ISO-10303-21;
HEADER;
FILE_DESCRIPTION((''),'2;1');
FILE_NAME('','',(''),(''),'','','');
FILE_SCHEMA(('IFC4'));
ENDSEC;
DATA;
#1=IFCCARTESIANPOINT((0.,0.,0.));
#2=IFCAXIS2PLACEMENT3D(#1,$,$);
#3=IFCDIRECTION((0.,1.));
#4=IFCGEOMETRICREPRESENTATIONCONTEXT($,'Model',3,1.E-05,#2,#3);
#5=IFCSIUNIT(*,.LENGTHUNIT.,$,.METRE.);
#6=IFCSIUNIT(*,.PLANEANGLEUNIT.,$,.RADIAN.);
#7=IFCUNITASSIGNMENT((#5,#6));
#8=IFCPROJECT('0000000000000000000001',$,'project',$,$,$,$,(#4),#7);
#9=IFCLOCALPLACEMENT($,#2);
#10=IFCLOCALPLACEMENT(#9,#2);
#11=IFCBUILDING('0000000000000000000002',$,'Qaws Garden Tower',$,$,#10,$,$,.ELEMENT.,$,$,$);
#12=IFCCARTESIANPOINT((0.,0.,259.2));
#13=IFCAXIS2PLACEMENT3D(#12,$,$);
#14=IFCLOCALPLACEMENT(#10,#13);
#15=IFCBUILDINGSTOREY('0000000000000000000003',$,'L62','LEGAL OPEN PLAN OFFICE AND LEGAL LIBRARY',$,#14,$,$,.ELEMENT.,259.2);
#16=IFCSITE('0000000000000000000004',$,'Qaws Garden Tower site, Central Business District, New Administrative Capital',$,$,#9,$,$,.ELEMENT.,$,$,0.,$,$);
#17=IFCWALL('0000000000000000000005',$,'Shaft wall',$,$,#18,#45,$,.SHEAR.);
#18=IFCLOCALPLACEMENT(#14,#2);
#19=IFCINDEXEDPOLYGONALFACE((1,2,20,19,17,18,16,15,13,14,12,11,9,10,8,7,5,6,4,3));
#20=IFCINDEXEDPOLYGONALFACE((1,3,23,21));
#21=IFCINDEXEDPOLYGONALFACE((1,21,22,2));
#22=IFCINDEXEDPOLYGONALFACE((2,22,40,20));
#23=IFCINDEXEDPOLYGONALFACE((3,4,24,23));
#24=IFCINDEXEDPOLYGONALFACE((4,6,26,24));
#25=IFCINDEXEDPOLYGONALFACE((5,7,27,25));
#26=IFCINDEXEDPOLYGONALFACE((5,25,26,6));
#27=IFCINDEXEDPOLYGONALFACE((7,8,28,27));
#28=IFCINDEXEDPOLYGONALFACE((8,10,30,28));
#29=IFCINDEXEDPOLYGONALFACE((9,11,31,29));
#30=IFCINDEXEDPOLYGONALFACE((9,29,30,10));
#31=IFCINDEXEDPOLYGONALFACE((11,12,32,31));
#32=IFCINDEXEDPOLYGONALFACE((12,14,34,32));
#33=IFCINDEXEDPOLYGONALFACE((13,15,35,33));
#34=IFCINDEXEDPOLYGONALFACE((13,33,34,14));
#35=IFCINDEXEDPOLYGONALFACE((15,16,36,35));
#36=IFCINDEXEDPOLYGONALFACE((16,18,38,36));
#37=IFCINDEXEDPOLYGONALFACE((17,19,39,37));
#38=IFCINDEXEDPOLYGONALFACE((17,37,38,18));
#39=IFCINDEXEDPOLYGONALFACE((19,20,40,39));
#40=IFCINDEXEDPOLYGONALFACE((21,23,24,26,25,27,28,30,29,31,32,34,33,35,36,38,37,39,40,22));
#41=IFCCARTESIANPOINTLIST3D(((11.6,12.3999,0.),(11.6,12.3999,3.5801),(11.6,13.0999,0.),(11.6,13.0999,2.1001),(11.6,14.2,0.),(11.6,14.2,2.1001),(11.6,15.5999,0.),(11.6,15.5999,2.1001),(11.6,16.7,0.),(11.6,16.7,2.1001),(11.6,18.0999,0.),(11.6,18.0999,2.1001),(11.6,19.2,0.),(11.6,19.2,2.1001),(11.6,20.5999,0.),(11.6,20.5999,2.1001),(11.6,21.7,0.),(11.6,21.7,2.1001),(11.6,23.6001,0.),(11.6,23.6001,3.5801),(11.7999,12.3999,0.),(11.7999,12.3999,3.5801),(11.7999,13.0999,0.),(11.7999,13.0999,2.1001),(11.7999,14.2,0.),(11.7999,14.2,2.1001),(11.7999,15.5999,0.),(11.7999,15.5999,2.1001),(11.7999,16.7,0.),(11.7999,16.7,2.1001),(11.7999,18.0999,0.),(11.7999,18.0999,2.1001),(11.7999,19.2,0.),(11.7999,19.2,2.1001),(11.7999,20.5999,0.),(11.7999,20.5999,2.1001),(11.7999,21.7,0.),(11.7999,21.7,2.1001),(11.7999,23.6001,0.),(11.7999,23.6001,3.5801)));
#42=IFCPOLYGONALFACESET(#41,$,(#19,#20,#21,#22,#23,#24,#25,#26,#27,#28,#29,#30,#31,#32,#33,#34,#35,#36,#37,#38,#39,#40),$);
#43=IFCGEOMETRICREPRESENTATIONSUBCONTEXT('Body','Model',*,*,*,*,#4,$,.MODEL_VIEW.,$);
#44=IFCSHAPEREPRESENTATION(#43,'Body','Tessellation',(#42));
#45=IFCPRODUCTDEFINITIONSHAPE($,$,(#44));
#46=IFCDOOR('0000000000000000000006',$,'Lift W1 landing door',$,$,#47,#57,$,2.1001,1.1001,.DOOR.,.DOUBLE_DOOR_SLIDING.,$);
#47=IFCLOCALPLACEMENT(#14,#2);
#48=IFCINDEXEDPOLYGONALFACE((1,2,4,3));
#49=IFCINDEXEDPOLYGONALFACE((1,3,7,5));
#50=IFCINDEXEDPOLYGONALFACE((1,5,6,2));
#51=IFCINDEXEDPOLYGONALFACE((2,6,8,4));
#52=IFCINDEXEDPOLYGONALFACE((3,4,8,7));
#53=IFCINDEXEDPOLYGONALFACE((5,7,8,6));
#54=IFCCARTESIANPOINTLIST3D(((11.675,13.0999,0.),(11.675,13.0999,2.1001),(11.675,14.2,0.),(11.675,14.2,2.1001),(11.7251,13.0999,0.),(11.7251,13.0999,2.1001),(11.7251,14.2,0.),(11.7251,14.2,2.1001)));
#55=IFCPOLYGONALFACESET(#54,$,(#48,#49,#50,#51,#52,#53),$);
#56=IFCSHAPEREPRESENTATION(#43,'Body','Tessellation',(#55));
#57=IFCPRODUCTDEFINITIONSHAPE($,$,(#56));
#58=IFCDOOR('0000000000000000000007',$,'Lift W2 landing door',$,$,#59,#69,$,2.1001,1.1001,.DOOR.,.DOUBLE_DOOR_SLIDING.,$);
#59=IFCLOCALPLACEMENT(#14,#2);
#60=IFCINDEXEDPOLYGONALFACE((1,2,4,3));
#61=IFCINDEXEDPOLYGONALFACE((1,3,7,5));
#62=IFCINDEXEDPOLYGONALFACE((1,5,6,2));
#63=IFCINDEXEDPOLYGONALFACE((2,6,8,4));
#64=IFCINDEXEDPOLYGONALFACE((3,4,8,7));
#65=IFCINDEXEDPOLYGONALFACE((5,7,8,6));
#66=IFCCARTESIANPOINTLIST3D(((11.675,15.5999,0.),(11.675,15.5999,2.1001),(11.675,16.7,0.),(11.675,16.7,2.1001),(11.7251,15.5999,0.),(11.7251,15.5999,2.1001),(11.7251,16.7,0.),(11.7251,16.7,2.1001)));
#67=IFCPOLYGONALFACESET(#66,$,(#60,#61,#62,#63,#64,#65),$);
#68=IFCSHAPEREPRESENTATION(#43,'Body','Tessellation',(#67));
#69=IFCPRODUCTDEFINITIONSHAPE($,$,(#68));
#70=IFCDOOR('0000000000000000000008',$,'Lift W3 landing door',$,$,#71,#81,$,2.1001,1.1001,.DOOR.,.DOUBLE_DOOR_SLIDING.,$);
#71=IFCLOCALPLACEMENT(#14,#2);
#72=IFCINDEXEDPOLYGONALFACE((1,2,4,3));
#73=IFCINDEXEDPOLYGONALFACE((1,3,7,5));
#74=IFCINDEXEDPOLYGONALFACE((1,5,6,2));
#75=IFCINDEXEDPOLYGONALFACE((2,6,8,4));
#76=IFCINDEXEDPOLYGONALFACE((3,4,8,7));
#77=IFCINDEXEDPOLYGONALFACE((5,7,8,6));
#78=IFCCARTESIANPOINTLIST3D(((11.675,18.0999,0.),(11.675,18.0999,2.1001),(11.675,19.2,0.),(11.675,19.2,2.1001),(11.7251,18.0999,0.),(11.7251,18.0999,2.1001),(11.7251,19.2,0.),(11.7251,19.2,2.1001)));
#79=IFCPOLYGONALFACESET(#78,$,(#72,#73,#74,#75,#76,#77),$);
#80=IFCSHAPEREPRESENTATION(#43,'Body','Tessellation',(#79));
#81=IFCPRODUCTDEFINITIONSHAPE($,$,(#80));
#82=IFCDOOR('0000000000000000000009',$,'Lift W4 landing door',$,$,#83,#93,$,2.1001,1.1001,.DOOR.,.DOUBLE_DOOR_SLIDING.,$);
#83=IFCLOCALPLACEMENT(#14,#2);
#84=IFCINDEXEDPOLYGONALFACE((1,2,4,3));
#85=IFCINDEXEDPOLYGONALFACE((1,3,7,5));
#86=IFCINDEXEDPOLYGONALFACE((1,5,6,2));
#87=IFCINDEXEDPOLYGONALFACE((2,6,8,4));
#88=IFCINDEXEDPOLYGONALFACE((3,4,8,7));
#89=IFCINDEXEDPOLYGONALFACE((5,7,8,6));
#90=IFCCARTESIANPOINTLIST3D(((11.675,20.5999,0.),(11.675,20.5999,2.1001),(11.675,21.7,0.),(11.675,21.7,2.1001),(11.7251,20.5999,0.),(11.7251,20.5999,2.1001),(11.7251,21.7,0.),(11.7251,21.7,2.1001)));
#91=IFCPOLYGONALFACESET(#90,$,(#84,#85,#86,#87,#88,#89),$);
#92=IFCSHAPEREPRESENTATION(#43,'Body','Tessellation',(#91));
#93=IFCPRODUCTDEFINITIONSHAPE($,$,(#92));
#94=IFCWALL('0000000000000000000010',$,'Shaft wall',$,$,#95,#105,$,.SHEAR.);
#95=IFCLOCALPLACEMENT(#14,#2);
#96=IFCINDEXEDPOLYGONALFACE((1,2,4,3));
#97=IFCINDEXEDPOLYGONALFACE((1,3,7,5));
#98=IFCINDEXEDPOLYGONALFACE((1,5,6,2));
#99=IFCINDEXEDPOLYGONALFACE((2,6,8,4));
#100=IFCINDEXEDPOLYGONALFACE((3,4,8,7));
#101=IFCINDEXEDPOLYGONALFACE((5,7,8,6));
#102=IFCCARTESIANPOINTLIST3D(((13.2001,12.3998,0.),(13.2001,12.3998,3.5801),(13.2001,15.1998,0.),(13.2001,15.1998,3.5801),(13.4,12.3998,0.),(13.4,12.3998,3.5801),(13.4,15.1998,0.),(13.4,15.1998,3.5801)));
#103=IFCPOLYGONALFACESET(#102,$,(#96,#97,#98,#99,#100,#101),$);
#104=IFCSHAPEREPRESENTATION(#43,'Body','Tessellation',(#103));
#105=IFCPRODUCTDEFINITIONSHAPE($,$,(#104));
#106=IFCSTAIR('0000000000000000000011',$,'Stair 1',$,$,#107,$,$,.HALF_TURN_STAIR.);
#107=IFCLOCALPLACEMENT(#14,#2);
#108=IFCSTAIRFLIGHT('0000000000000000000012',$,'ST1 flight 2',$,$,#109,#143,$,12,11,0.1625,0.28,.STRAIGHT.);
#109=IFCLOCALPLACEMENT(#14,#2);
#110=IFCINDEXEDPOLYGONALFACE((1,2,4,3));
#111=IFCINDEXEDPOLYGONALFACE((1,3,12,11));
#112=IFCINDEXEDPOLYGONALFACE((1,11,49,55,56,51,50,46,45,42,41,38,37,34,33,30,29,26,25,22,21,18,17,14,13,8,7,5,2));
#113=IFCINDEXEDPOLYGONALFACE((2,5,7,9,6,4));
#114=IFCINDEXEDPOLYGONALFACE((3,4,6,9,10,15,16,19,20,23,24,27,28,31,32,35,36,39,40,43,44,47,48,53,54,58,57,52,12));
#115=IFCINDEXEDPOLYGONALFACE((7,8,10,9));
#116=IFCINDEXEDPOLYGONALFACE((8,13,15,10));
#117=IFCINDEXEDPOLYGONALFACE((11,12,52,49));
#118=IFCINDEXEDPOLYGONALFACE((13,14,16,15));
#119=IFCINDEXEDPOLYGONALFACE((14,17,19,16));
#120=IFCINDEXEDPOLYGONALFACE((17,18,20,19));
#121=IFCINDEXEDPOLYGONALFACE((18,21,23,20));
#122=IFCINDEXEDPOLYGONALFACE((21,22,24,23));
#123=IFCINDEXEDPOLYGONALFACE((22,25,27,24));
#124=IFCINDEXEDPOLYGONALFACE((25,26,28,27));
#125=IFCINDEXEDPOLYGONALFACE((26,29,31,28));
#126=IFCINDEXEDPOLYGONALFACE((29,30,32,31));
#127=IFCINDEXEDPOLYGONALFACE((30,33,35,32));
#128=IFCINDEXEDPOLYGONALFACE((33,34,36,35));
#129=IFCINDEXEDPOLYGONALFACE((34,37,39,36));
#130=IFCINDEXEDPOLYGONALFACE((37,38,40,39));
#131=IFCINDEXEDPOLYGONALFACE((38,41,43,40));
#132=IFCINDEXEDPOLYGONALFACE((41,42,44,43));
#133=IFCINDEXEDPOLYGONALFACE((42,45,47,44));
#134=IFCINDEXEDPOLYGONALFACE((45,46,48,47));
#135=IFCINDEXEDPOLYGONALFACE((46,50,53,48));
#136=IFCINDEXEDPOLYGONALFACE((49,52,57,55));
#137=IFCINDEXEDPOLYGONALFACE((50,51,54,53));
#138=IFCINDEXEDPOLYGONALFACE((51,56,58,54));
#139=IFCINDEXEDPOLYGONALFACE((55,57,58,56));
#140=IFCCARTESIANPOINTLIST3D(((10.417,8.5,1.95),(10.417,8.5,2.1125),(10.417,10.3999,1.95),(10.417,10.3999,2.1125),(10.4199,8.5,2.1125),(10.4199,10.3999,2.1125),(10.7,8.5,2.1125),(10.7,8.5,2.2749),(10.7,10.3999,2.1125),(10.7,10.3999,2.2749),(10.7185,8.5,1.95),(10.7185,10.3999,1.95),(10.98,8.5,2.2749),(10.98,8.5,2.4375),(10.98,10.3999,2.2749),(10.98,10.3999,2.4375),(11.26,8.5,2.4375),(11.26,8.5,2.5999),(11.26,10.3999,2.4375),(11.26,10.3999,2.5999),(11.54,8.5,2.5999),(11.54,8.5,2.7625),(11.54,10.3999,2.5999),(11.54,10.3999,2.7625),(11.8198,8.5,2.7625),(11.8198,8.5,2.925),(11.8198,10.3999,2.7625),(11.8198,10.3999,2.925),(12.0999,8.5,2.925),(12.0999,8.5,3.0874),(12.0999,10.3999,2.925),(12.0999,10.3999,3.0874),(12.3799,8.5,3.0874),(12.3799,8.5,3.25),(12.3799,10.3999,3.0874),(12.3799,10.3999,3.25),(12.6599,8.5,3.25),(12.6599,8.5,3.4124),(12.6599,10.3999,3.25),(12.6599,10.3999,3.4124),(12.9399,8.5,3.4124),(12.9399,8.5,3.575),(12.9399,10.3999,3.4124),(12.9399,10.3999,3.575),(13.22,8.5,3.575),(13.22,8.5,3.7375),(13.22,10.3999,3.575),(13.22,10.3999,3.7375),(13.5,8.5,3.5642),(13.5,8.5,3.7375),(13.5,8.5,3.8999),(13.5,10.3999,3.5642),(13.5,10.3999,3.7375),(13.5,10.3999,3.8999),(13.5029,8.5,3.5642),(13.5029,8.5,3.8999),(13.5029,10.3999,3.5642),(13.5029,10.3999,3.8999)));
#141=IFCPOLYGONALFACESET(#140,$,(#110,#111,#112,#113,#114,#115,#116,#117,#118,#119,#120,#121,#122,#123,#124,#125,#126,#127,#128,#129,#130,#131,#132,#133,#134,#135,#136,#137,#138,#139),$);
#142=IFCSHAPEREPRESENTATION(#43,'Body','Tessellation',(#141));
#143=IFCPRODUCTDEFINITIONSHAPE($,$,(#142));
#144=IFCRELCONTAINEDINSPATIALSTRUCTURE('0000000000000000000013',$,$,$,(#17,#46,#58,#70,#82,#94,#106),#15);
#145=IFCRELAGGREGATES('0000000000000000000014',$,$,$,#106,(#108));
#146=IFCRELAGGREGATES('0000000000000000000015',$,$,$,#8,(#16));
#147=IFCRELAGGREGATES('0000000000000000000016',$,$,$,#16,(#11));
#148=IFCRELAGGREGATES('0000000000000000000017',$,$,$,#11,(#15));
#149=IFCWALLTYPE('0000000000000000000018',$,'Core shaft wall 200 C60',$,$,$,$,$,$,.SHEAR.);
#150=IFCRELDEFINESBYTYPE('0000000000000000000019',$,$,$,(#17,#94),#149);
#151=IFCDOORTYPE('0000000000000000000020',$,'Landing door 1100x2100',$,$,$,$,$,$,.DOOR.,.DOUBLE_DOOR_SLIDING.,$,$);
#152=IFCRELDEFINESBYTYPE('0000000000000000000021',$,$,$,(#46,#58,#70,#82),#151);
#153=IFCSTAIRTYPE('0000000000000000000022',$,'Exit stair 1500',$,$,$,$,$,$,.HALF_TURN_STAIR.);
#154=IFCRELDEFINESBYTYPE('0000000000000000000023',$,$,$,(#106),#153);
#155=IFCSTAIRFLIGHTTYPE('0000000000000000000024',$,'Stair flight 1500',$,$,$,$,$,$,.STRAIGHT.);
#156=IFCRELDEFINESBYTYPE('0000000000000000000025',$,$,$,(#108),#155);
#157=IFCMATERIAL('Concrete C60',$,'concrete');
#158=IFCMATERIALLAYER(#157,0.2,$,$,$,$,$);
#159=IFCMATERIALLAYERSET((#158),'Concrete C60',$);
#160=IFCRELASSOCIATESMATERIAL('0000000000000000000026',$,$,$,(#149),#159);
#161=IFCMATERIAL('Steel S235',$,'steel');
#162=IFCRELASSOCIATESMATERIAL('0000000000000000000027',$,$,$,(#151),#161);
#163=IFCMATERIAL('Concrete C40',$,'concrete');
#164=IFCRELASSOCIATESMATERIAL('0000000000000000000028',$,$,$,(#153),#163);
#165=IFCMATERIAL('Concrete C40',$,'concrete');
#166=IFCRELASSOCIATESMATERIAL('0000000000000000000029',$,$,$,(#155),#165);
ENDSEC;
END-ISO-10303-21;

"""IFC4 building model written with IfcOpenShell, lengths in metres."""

from ifc_helpers import new_model, si_unit, direction, frame, frame_2d, origin, place, context, subcontext, project, spatial, polyline, rectangle, outline, extrude, material, layer, layer_set, type_object, element, fill, aggregate, save


model = new_model("IFC4")

# Units and contexts
model_context = context("Model", 3, precision=1e-05, world=origin(), true_north=direction((0.0, 1.0)))
body_context = subcontext(model_context, "Body", "Model", "MODEL_VIEW")
ifc_project = project(units=[si_unit("LENGTHUNIT", "METRE"), si_unit("PLANEANGLEUNIT", "RADIAN")], contexts=[model_context])

# Site, building, storey
site_placement = place(None, origin())
site = spatial("IfcSite", under=ifc_project, at=site_placement, Name="Qaws Garden Tower site, Central Business District, New Administrative Capital", CompositionType="ELEMENT", RefElevation=0.0)
building_placement = place(site_placement, origin())
building = spatial("IfcBuilding", under=site, at=building_placement, Name="Qaws Garden Tower", CompositionType="ELEMENT")
storey_placement = place(building_placement, frame((0.0, 0.0, 259.2)))
storey = spatial("IfcBuildingStorey", under=building, at=storey_placement, Name="L62", Description="LEGAL OPEN PLAN OFFICE AND LEGAL LIBRARY", CompositionType="ELEMENT", Elevation=259.2)

# Shared definitions
ifc_material_1 = material(Name="Concrete C60", Category="concrete")
ifc_layer_1 = layer(ifc_material_1, 0.2)
ifc_layer_set_1 = layer_set([ifc_layer_1], Name="Concrete C60")
wall_type_1 = type_object("IfcWallType", Name="Core shaft wall 200 C60", PredefinedType="SHEAR", material=ifc_layer_set_1)

# Wall, openings, doors
wall_1_placement = place(storey_placement, frame((11.7, 12.3999, 0.0), z_axis=(0.0, 0.0, 1.0), x_axis=(0.0, 1.0, 0.0)))
wall_1 = element("IfcWall", 1, at=wall_1_placement, inside=storey, type_object=wall_type_1, Name="Shaft wall", PredefinedType="SHEAR", context=body_context, shape_type="SweptSolid", body=[
    extrude(rectangle(XDim=11.2002, YDim=0.2, at=frame_2d((5.6001, 0.0))), origin(), (0.0, 0.0, 1.0), 3.5801),
])
opening_1_placement = place(wall_1_placement, frame((0.7, 0.0, 0.0)))
opening_1 = element("IfcOpeningElement", 2, at=opening_1_placement, cuts=wall_1, PredefinedType="OPENING", context=body_context, shape_type="SweptSolid", body=[
    extrude(rectangle(XDim=1.1001, YDim=2.1001, at=frame_2d((0.55, 1.05))), frame((0.0, 0.1099, 0.0), z_axis=(0.0, -1.0, 0.0), x_axis=(1.0, 0.0, 0.0)), (0.0, 0.0, 1.0), 0.22),
])
opening_2_placement = place(wall_1_placement, frame((3.2, 0.0, 0.0)))
opening_2 = element("IfcOpeningElement", 3, at=opening_2_placement, cuts=wall_1, PredefinedType="OPENING", context=body_context, shape_type="SweptSolid", body=[
    extrude(rectangle(XDim=1.1001, YDim=2.1001, at=frame_2d((0.55, 1.05))), frame((0.0, 0.1099, 0.0), z_axis=(0.0, -1.0, 0.0), x_axis=(1.0, 0.0, 0.0)), (0.0, 0.0, 1.0), 0.22),
])
opening_3_placement = place(wall_1_placement, frame((5.7, 0.0, 0.0)))
opening_3 = element("IfcOpeningElement", 4, at=opening_3_placement, cuts=wall_1, PredefinedType="OPENING", context=body_context, shape_type="SweptSolid", body=[
    extrude(rectangle(XDim=1.1001, YDim=2.1001, at=frame_2d((0.55, 1.05))), frame((0.0, 0.1099, 0.0), z_axis=(0.0, -1.0, 0.0), x_axis=(1.0, 0.0, 0.0)), (0.0, 0.0, 1.0), 0.22),
])
opening_4_placement = place(wall_1_placement, frame((8.2, 0.0, 0.0)))
opening_4 = element("IfcOpeningElement", 5, at=opening_4_placement, cuts=wall_1, PredefinedType="OPENING", context=body_context, shape_type="SweptSolid", body=[
    extrude(rectangle(XDim=1.1001, YDim=2.1001, at=frame_2d((0.55, 1.05))), frame((0.0, 0.1099, 0.0), z_axis=(0.0, -1.0, 0.0), x_axis=(1.0, 0.0, 0.0)), (0.0, 0.0, 1.0), 0.22),
])
ifc_material_2 = material(Name="Steel S235", Category="steel")
door_type = type_object("IfcDoorType", Name="Landing door 1100x2100", OperationType="DOUBLE_DOOR_SLIDING", PredefinedType="DOOR", material=ifc_material_2)
door_1_placement = place(opening_1_placement, origin())
door_1 = element("IfcDoor", 6, at=door_1_placement, inside=storey, type_object=door_type, Name="Lift W1 landing door", OperationType="DOUBLE_DOOR_SLIDING", OverallHeight=2.1001, OverallWidth=1.1001, PredefinedType="DOOR", context=body_context, shape_type="SweptSolid", body=[
    extrude(rectangle(XDim=1.1001, YDim=2.1001, at=frame_2d((0.55, 1.05))), frame((0.0, 0.0249, 0.0), z_axis=(0.0, -1.0, 0.0), x_axis=(1.0, 0.0, 0.0)), (0.0, 0.0, 1.0), 0.05),
])
fill(opening_1, door_1)
door_2_placement = place(opening_2_placement, origin())
door_2 = element("IfcDoor", 7, at=door_2_placement, inside=storey, type_object=door_type, Name="Lift W2 landing door", OperationType="DOUBLE_DOOR_SLIDING", OverallHeight=2.1001, OverallWidth=1.1001, PredefinedType="DOOR", context=body_context, shape_type="SweptSolid", body=[
    extrude(rectangle(XDim=1.1001, YDim=2.1001, at=frame_2d((0.55, 1.05))), frame((0.0, 0.0249, 0.0), z_axis=(0.0, -1.0, 0.0), x_axis=(1.0, 0.0, 0.0)), (0.0, 0.0, 1.0), 0.05),
])
fill(opening_2, door_2)
door_3_placement = place(opening_3_placement, origin())
door_3 = element("IfcDoor", 8, at=door_3_placement, inside=storey, type_object=door_type, Name="Lift W3 landing door", OperationType="DOUBLE_DOOR_SLIDING", OverallHeight=2.1001, OverallWidth=1.1001, PredefinedType="DOOR", context=body_context, shape_type="SweptSolid", body=[
    extrude(rectangle(XDim=1.1001, YDim=2.1001, at=frame_2d((0.55, 1.05))), frame((0.0, 0.0249, 0.0), z_axis=(0.0, -1.0, 0.0), x_axis=(1.0, 0.0, 0.0)), (0.0, 0.0, 1.0), 0.05),
])
fill(opening_3, door_3)
door_4_placement = place(opening_4_placement, origin())
door_4 = element("IfcDoor", 9, at=door_4_placement, inside=storey, type_object=door_type, Name="Lift W4 landing door", OperationType="DOUBLE_DOOR_SLIDING", OverallHeight=2.1001, OverallWidth=1.1001, PredefinedType="DOOR", context=body_context, shape_type="SweptSolid", body=[
    extrude(rectangle(XDim=1.1001, YDim=2.1001, at=frame_2d((0.55, 1.05))), frame((0.0, 0.0249, 0.0), z_axis=(0.0, -1.0, 0.0), x_axis=(1.0, 0.0, 0.0)), (0.0, 0.0, 1.0), 0.05),
])
fill(opening_4, door_4)

# Wall
wall_2_placement = place(storey_placement, frame((13.3, 12.3999, 0.0), z_axis=(0.0, 0.0, 1.0), x_axis=(0.0, 1.0, 0.0)))
element("IfcWall", 10, at=wall_2_placement, inside=storey, type_object=wall_type_1, Name="Shaft wall", PredefinedType="SHEAR", context=body_context, shape_type="SweptSolid", body=[
    extrude(rectangle(XDim=2.8, YDim=0.2, at=frame_2d((1.3999, 0.0))), origin(), (0.0, 0.0, 1.0), 3.5801),
])

# Stair, stair flight
ifc_material_3 = material(Name="Concrete C40", Category="concrete")
stair_type = type_object("IfcStairType", Name="Exit stair 1500", PredefinedType="HALF_TURN_STAIR", material=ifc_material_3)
stair_placement = place(storey_placement, origin())
stair = element("IfcStair", 11, at=stair_placement, inside=storey, type_object=stair_type, Name="Stair 1", PredefinedType="HALF_TURN_STAIR")
ifc_material_4 = material(Name="Concrete C40", Category="concrete")
stair_flight_type = type_object("IfcStairFlightType", Name="Stair flight 1500", PredefinedType="STRAIGHT", material=ifc_material_4)
stair_flight_placement = place(storey_placement, frame((10.4199, 9.45, 1.95), z_axis=(0.0, 0.0, 1.0), x_axis=(1.0, 0.0, 0.0)))
stair_flight = element("IfcStairFlight", 12, at=stair_flight_placement, type_object=stair_flight_type, Name="ST1 flight 2", NumberOfRisers=12, NumberOfTreads=11, PredefinedType="STRAIGHT", RiserHeight=0.1625, TreadLength=0.28, context=body_context, shape_type="SweptSolid", body=[
    extrude(outline(polyline([(-0.0029, 0.0), (-0.0029, 0.1626), (0.0, 0.1626), (0.28, 0.1626), (0.28, 0.325), (0.5601, 0.325), (0.5601, 0.4875), (0.8401, 0.4875), (0.8401, 0.6499), (1.1201, 0.6499), (1.1201, 0.8125), (1.3999, 0.8125), (1.3999, 0.9751), (1.6799, 0.9751), (1.6799, 1.1375), (1.96, 1.1375), (1.96, 1.3), (2.24, 1.3), (2.24, 1.4624), (2.52, 1.4624), (2.52, 1.625), (2.8, 1.625), (2.8, 1.7876), (3.0801, 1.7876), (3.0801, 1.95), (3.083, 1.95), (3.083, 1.6143), (3.0801, 1.6143), (0.2986, 0.0), (-0.0029, 0.0)])), frame((0.0, 0.95, 0.0), z_axis=(0.0, -1.0, 0.0), x_axis=(1.0, 0.0, 0.0)), (0.0, 0.0, 1.0), 1.8999),
])
aggregate(stair, [stair_flight])

save(model, "model.ifc")
